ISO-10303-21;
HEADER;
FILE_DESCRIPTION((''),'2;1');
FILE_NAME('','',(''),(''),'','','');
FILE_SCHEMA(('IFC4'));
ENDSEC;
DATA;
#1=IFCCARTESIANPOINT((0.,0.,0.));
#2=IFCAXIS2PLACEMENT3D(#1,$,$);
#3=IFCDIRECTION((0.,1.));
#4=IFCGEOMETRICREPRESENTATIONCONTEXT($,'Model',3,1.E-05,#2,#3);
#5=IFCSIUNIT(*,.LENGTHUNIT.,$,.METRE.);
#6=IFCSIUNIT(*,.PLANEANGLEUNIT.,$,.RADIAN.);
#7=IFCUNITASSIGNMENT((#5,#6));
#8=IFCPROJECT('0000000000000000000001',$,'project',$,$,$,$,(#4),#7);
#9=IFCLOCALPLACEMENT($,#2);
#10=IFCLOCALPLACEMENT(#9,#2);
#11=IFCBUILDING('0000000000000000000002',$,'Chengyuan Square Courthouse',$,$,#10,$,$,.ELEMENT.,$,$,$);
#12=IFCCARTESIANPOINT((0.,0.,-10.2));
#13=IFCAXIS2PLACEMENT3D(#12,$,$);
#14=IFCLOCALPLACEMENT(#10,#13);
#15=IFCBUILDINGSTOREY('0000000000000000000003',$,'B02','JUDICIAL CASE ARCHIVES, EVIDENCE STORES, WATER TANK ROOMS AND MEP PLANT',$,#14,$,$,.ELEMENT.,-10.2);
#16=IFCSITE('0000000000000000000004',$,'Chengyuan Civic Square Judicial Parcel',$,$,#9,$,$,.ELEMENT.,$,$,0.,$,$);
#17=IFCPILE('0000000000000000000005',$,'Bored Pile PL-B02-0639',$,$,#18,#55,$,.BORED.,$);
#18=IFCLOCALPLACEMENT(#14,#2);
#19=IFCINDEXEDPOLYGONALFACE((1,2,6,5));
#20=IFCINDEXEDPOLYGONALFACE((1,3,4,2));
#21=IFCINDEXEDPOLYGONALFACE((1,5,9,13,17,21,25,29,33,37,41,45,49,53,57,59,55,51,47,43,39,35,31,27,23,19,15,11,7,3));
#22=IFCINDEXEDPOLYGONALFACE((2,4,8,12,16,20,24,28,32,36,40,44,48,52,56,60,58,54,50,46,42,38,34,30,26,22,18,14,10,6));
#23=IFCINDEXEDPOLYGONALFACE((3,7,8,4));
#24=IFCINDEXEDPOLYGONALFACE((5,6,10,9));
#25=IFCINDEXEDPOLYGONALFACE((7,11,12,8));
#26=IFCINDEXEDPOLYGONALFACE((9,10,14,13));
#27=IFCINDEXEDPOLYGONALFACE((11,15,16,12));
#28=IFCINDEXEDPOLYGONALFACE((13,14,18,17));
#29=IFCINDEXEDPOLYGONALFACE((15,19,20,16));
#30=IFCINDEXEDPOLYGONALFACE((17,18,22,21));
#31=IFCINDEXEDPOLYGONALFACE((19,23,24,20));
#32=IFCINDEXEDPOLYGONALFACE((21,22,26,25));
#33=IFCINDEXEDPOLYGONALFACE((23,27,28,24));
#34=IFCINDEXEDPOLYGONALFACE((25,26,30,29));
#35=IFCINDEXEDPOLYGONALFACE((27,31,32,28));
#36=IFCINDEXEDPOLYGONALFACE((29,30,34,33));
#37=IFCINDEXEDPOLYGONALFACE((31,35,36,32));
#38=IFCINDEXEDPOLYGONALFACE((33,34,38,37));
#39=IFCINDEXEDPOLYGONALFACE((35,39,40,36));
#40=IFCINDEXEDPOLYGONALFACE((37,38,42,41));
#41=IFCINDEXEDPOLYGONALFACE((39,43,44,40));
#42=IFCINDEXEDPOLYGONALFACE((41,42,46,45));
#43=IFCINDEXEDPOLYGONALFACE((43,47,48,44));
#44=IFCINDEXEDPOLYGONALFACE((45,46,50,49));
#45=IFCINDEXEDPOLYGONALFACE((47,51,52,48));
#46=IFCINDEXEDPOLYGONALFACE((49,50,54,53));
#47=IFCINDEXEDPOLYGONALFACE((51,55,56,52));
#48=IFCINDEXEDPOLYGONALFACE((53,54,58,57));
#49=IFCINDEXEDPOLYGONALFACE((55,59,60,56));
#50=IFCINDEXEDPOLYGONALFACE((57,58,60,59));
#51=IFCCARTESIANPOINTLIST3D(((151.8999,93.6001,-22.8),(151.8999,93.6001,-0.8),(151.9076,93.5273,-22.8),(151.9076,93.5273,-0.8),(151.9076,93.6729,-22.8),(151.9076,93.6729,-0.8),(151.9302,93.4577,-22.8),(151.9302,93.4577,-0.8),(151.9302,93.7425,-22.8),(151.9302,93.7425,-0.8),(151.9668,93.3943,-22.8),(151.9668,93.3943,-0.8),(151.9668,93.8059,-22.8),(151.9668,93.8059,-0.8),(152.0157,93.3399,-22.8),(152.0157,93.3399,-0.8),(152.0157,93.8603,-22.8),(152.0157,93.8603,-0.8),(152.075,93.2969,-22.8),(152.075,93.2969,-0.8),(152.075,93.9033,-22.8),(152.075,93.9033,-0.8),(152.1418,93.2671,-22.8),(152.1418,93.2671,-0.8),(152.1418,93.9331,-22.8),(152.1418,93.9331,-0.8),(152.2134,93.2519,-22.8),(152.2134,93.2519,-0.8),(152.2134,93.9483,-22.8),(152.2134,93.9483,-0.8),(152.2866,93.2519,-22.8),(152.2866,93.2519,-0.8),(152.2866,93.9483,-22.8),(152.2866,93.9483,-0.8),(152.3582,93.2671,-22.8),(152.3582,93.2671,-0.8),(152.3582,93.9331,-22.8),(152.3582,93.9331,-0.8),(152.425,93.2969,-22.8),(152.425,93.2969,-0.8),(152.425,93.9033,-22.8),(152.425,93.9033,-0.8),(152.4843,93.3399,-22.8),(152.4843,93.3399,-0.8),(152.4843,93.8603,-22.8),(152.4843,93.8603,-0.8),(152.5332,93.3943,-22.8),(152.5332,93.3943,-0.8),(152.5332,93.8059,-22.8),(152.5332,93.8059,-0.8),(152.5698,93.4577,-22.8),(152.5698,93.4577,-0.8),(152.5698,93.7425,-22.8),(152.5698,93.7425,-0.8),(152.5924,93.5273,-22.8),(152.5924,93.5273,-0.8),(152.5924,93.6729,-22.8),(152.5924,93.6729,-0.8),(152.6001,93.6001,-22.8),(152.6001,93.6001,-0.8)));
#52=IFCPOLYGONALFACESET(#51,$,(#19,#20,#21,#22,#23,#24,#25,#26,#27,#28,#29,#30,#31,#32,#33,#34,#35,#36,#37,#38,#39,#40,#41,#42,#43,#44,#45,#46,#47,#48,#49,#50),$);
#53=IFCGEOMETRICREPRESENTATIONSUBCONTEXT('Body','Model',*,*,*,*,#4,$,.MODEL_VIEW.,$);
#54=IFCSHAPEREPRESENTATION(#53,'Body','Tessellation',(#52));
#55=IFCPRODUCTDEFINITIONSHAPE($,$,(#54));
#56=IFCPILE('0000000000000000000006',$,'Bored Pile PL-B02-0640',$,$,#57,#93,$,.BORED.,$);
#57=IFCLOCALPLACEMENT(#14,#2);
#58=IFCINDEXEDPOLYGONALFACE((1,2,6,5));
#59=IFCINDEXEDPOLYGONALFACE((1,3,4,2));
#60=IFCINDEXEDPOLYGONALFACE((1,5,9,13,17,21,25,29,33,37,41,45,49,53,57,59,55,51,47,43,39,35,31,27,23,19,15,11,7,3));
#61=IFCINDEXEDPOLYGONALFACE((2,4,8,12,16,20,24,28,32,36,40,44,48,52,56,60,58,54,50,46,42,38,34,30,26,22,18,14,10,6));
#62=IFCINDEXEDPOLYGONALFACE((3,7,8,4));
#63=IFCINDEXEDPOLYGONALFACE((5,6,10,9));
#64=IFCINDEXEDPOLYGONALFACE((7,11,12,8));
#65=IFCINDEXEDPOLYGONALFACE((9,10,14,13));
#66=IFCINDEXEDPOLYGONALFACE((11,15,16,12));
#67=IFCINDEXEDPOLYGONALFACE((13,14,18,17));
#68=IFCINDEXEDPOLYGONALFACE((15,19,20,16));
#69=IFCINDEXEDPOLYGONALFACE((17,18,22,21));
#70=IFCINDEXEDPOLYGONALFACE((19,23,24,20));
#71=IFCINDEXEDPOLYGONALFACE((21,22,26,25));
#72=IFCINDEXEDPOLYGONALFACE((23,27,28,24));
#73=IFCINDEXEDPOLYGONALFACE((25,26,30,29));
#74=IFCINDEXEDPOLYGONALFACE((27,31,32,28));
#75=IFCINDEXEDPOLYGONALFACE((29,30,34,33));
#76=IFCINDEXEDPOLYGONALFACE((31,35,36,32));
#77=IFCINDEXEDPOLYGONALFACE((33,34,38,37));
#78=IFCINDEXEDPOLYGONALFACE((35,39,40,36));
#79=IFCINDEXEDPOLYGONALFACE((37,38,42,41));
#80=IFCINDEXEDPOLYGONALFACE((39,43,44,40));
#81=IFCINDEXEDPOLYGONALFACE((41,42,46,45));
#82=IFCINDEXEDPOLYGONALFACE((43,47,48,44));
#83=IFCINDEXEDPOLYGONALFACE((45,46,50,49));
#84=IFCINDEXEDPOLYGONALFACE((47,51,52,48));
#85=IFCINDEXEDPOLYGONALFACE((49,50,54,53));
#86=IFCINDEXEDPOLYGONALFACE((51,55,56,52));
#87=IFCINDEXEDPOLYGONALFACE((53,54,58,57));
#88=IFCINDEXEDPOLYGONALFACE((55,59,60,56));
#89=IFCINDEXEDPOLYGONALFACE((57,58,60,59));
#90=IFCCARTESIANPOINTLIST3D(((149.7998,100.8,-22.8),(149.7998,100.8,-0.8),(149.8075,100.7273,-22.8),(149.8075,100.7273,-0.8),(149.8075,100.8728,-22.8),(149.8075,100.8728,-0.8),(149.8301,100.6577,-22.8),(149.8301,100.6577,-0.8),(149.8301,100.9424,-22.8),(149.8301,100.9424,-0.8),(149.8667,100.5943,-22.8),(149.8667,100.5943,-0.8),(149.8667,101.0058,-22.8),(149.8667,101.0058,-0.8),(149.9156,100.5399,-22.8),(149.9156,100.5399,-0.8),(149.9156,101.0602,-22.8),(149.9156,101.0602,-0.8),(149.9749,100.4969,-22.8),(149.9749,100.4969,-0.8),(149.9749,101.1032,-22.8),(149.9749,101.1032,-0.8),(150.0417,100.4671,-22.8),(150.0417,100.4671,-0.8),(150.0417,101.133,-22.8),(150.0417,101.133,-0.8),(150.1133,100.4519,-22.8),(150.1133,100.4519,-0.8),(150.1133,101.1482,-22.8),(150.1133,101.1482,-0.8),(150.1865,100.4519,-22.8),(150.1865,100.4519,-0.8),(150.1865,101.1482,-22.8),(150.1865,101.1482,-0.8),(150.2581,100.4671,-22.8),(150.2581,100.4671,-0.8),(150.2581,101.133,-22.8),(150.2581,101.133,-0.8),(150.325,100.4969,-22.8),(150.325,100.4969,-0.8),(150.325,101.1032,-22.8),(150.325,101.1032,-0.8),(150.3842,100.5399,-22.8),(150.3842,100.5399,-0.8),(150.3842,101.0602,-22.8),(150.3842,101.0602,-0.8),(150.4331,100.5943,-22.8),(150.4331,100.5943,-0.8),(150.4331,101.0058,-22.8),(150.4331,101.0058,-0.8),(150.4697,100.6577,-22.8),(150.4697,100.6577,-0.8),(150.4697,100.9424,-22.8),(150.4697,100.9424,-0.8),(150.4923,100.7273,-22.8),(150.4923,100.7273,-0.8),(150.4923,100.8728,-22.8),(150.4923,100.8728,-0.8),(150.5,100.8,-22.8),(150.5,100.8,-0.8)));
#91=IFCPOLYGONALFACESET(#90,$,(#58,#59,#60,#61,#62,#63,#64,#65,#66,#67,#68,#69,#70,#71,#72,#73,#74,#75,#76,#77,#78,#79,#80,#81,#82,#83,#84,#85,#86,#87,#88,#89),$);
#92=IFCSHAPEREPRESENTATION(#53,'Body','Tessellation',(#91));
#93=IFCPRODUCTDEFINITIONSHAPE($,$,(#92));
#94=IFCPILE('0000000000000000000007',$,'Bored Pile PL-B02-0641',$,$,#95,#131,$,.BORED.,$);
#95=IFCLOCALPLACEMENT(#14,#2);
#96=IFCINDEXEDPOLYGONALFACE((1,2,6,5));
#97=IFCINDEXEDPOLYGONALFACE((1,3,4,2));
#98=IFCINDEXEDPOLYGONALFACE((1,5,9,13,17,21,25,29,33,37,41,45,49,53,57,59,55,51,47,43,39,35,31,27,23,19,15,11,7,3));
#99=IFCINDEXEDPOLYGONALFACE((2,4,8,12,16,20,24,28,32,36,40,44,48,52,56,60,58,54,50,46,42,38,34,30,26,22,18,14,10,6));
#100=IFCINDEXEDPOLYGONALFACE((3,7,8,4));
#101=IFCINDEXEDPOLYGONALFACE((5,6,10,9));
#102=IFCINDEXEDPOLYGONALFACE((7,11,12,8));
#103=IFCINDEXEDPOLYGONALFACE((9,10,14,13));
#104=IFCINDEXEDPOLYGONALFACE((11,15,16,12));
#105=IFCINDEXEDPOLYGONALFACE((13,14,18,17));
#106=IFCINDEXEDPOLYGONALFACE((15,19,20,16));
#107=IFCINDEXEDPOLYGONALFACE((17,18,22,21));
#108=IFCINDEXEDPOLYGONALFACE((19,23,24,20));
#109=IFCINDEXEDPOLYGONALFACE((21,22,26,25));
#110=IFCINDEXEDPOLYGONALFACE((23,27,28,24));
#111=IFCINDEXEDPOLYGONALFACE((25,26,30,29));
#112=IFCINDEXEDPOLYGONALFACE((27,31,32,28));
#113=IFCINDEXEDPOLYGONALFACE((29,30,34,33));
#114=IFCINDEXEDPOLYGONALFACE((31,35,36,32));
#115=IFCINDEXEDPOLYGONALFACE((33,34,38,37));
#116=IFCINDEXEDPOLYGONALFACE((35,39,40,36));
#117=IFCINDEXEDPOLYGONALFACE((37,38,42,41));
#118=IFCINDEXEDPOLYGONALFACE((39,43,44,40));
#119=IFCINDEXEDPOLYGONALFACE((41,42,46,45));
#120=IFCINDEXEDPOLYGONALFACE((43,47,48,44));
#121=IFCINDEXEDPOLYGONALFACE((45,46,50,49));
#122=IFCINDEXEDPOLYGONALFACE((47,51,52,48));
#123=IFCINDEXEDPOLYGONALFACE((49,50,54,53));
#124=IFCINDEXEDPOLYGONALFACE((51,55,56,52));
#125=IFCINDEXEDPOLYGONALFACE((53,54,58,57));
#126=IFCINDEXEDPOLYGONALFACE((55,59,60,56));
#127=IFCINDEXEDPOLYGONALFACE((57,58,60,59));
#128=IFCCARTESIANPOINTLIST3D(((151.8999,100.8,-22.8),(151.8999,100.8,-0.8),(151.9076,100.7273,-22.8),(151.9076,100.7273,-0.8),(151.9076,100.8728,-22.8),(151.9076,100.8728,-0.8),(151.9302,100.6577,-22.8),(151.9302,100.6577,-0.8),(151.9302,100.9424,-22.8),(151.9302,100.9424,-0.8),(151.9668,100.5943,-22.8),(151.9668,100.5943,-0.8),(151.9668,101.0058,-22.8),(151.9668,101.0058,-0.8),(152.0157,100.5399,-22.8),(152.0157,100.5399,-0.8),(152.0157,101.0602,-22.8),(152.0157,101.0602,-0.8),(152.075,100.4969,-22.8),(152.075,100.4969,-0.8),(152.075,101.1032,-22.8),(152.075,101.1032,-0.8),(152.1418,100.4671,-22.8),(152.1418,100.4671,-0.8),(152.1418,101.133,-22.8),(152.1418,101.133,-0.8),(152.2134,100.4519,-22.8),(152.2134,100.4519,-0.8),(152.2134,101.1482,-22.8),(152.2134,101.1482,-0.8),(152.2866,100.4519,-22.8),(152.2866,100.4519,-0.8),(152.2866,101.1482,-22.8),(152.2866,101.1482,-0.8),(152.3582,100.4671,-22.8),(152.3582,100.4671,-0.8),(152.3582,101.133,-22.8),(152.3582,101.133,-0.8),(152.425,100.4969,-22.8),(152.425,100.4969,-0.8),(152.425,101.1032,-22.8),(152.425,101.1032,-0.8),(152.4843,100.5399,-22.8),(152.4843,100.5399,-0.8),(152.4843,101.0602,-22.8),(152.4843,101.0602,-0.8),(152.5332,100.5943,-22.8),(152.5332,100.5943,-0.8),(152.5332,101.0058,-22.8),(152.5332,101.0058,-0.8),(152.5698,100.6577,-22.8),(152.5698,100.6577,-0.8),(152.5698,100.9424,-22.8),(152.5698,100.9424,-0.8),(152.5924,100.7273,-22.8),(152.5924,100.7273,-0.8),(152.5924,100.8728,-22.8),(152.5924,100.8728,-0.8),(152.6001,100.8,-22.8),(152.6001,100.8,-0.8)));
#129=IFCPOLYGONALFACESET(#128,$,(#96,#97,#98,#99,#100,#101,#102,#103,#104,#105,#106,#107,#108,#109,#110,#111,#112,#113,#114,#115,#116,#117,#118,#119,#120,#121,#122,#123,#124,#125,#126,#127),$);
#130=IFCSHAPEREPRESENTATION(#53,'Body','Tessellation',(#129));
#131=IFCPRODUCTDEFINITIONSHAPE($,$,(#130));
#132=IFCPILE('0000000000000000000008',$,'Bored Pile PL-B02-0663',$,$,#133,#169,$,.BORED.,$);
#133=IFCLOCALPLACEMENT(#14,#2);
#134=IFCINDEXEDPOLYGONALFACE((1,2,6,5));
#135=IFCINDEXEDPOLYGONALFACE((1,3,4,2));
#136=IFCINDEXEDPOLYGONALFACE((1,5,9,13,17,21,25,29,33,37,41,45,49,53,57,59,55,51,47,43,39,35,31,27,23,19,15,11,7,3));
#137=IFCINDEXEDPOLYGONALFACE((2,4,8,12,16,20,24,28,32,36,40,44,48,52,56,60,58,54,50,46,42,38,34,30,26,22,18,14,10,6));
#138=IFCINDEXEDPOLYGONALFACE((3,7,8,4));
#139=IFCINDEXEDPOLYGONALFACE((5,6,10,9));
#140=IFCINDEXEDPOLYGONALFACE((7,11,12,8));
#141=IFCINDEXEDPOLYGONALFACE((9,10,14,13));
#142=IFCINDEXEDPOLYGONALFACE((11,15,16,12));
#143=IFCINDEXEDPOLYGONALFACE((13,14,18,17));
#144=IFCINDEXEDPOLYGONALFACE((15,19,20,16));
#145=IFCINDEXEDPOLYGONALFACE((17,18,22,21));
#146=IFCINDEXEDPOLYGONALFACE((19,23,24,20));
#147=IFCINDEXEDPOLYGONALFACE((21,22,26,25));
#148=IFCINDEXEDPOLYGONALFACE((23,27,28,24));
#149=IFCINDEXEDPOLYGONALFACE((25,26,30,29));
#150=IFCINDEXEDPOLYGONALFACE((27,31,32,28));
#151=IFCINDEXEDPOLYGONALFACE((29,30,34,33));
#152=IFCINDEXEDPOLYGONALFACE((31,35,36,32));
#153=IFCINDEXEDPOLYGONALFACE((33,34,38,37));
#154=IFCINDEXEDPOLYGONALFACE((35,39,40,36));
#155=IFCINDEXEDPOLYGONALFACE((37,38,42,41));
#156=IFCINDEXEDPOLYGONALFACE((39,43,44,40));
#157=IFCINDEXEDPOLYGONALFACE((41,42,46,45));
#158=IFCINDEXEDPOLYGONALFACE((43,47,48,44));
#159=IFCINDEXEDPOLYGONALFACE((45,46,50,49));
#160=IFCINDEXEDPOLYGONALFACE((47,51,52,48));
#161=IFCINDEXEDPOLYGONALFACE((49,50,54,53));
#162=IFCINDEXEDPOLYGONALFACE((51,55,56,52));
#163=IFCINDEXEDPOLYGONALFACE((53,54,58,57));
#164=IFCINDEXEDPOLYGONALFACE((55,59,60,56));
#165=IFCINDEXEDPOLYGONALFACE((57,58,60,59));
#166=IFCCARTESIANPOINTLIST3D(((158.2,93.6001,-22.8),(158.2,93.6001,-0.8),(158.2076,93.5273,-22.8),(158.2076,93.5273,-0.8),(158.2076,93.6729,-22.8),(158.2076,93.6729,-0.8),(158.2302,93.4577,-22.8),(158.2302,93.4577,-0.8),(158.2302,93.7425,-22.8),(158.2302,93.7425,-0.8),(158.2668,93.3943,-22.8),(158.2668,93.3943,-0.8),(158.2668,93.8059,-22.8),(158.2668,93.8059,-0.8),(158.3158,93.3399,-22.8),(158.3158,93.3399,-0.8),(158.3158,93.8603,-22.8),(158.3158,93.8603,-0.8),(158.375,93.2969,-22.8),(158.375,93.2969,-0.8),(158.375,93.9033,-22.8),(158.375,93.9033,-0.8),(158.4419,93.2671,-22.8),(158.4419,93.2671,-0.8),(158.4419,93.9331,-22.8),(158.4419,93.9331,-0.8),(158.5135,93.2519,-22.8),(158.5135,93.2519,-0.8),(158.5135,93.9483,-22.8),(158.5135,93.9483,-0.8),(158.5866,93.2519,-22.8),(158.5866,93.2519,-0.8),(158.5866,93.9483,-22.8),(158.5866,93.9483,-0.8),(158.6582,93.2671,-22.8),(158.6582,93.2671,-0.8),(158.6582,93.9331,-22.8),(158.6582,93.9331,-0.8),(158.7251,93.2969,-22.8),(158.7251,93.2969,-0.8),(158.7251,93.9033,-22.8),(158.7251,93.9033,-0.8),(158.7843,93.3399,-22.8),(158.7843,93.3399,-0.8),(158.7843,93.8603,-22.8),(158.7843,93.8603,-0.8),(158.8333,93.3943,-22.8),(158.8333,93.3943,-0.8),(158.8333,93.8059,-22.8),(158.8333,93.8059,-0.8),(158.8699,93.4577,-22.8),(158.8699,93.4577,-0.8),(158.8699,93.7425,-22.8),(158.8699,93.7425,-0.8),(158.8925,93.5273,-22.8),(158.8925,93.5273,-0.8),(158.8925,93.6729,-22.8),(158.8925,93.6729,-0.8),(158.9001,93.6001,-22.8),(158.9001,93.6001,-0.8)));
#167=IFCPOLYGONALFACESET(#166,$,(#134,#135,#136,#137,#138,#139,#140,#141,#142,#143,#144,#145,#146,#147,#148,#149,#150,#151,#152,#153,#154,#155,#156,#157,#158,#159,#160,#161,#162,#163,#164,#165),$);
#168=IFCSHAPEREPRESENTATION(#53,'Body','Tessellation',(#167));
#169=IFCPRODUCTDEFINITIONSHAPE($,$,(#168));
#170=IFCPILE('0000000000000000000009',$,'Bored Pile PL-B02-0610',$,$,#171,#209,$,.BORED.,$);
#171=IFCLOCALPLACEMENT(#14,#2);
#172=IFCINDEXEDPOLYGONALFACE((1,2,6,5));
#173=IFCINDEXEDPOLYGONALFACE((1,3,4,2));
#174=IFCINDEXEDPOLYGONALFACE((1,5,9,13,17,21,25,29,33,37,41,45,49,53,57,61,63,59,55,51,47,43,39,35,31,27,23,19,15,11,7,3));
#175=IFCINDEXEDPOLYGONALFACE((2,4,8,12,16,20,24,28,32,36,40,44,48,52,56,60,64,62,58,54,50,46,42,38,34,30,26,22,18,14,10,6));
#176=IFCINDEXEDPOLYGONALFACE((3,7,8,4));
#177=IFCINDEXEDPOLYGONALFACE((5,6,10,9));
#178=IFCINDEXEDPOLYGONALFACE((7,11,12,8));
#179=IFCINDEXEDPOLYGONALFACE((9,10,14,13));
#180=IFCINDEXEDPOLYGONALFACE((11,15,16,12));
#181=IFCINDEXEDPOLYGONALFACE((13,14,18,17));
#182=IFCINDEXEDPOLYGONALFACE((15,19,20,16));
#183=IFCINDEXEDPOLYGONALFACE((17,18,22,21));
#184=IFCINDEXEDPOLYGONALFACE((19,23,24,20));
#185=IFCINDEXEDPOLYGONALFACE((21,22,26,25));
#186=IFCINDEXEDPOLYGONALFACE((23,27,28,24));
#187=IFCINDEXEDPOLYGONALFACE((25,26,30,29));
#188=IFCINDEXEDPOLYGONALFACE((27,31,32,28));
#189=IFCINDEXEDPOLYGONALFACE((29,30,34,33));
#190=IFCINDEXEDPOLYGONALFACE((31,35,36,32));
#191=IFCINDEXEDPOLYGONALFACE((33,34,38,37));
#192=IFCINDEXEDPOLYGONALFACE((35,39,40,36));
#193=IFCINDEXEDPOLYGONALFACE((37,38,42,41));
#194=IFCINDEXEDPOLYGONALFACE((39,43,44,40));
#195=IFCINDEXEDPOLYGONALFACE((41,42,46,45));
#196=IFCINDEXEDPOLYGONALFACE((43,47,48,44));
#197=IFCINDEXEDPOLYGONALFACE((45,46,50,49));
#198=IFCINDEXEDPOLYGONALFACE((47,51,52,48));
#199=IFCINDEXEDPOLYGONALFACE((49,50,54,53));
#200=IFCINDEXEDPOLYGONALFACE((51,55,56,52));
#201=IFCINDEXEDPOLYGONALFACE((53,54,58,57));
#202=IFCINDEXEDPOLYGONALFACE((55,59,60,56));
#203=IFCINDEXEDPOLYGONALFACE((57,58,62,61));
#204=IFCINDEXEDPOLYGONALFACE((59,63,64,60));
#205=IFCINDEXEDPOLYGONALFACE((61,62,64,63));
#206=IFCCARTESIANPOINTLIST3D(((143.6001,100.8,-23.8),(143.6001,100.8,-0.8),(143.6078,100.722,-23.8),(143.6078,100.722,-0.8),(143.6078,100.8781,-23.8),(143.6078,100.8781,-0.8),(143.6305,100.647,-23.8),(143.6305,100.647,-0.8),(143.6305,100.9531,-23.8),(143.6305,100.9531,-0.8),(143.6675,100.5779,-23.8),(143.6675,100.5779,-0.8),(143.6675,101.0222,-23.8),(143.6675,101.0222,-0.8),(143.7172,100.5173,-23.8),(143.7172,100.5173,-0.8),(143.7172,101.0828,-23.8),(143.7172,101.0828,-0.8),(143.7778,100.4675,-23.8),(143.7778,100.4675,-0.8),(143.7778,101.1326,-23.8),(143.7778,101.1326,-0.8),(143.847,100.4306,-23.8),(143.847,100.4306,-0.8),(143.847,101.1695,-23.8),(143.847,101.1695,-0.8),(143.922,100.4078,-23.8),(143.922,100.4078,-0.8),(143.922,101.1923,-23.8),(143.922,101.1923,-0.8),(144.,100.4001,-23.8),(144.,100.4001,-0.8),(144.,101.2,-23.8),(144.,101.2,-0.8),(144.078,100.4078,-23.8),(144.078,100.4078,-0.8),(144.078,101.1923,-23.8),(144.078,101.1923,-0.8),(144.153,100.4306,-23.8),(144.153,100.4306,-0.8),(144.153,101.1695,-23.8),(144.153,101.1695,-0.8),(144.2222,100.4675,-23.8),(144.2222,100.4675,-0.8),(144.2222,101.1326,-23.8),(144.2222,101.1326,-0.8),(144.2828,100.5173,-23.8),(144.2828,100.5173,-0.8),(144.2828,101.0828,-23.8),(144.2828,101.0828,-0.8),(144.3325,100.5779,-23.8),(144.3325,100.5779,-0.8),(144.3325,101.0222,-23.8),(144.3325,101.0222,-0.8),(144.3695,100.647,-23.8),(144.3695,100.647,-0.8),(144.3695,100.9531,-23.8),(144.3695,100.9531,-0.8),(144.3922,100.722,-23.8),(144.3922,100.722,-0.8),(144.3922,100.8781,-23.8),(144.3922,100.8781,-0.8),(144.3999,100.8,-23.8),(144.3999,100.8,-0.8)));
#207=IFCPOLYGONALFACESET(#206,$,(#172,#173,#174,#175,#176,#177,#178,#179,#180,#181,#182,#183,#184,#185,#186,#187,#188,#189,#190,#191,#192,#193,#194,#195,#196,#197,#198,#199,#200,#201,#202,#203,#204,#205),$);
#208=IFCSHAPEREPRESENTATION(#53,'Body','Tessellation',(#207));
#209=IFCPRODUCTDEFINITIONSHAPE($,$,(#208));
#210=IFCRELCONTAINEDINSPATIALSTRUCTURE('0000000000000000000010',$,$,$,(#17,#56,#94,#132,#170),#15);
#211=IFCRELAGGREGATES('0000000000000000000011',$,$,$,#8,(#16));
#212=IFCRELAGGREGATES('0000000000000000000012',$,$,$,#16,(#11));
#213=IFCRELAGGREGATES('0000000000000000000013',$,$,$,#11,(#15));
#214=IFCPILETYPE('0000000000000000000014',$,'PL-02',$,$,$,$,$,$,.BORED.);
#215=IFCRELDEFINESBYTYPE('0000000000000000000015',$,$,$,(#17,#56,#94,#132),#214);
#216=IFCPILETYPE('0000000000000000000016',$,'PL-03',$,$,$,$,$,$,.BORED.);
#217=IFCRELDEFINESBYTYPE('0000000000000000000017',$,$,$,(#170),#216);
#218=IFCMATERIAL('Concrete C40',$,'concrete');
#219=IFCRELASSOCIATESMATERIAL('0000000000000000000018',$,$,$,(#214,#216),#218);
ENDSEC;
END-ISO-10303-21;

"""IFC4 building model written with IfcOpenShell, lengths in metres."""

from ifc_helpers import new_model, si_unit, direction, frame, origin, origin_2d, place, context, subcontext, project, spatial, circle, extrude, material, material_profile, profile_set, type_object, element, save


model = new_model("IFC4")

# Units and contexts
model_context = context("Model", 3, precision=1e-05, world=origin(), true_north=direction((0.0, 1.0)))
body_context = subcontext(model_context, "Body", "Model", "MODEL_VIEW")
ifc_project = project(units=[si_unit("LENGTHUNIT", "METRE"), si_unit("PLANEANGLEUNIT", "RADIAN")], contexts=[model_context])

# Site, building, storey
site_placement = place(None, origin())
site = spatial("IfcSite", under=ifc_project, at=site_placement, Name="Chengyuan Civic Square Judicial Parcel", CompositionType="ELEMENT", RefElevation=0.0)
building_placement = place(site_placement, origin())
building = spatial("IfcBuilding", under=site, at=building_placement, Name="Chengyuan Square Courthouse", CompositionType="ELEMENT")
storey_placement = place(building_placement, frame((0.0, 0.0, -10.2)))
storey = spatial("IfcBuildingStorey", under=building, at=storey_placement, Name="B02", Description="JUDICIAL CASE ARCHIVES, EVIDENCE STORES, WATER TANK ROOMS AND MEP PLANT", CompositionType="ELEMENT", Elevation=-10.2)

# Shared definitions
ifc_material_1 = material(Name="Concrete C40", Category="concrete")

# Piles
ifc_material_profile_1 = material_profile(ifc_material_1, circle(Radius=0.3501, at=origin_2d()), Name="BORED PILE D700")
ifc_profile_set_1 = profile_set([ifc_material_profile_1], Name="Concrete C40")
pile_type_1 = type_object("IfcPileType", Name="PL-02", PredefinedType="BORED", material=ifc_profile_set_1)
for number, where, z_axis, x_axis, name in (
    (1, (152.25, 93.6001, -0.8), (0.0, 0.0, -1.0), (1.0, 0.0, 0.0), "Bored Pile PL-B02-0639"),
    (2, (150.1499, 100.8, -0.8), (0.0, 0.0, -1.0), (1.0, 0.0, 0.0), "Bored Pile PL-B02-0640"),
    (3, (152.25, 100.8, -0.8), (0.0, 0.0, -1.0), (1.0, 0.0, 0.0), "Bored Pile PL-B02-0641"),
    (4, (158.55, 93.6001, -0.8), (0.0, 0.0, -1.0), (1.0, 0.0, 0.0), "Bored Pile PL-B02-0663"),
):
    element("IfcPile", number, at=place(storey_placement, frame(where, z_axis=z_axis, x_axis=x_axis)), inside=storey, type_object=pile_type_1, Name=name, PredefinedType="BORED", context=body_context, shape_type="SweptSolid", body=[
        extrude(circle(Radius=0.3501, at=origin_2d()), origin(), (0.0, 0.0, 1.0), 22.0),
    ])
ifc_material_profile_2 = material_profile(ifc_material_1, circle(Radius=0.3999, at=origin_2d()), Name="BORED PILE D800")
ifc_profile_set_2 = profile_set([ifc_material_profile_2], Name="Concrete C40")
pile_type_2 = type_object("IfcPileType", Name="PL-03", PredefinedType="BORED", material=ifc_profile_set_2)
for number, where, z_axis, x_axis, name in (
    (5, (144.0, 100.8, -0.8), (0.0, 0.0, -1.0), (1.0, 0.0, 0.0), "Bored Pile PL-B02-0610"),
):
    element("IfcPile", number, at=place(storey_placement, frame(where, z_axis=z_axis, x_axis=x_axis)), inside=storey, type_object=pile_type_2, Name=name, PredefinedType="BORED", context=body_context, shape_type="SweptSolid", body=[
        extrude(circle(Radius=0.3999, at=origin_2d()), origin(), (0.0, 0.0, 1.0), 23.0),
    ])

save(model, "model.ifc")
